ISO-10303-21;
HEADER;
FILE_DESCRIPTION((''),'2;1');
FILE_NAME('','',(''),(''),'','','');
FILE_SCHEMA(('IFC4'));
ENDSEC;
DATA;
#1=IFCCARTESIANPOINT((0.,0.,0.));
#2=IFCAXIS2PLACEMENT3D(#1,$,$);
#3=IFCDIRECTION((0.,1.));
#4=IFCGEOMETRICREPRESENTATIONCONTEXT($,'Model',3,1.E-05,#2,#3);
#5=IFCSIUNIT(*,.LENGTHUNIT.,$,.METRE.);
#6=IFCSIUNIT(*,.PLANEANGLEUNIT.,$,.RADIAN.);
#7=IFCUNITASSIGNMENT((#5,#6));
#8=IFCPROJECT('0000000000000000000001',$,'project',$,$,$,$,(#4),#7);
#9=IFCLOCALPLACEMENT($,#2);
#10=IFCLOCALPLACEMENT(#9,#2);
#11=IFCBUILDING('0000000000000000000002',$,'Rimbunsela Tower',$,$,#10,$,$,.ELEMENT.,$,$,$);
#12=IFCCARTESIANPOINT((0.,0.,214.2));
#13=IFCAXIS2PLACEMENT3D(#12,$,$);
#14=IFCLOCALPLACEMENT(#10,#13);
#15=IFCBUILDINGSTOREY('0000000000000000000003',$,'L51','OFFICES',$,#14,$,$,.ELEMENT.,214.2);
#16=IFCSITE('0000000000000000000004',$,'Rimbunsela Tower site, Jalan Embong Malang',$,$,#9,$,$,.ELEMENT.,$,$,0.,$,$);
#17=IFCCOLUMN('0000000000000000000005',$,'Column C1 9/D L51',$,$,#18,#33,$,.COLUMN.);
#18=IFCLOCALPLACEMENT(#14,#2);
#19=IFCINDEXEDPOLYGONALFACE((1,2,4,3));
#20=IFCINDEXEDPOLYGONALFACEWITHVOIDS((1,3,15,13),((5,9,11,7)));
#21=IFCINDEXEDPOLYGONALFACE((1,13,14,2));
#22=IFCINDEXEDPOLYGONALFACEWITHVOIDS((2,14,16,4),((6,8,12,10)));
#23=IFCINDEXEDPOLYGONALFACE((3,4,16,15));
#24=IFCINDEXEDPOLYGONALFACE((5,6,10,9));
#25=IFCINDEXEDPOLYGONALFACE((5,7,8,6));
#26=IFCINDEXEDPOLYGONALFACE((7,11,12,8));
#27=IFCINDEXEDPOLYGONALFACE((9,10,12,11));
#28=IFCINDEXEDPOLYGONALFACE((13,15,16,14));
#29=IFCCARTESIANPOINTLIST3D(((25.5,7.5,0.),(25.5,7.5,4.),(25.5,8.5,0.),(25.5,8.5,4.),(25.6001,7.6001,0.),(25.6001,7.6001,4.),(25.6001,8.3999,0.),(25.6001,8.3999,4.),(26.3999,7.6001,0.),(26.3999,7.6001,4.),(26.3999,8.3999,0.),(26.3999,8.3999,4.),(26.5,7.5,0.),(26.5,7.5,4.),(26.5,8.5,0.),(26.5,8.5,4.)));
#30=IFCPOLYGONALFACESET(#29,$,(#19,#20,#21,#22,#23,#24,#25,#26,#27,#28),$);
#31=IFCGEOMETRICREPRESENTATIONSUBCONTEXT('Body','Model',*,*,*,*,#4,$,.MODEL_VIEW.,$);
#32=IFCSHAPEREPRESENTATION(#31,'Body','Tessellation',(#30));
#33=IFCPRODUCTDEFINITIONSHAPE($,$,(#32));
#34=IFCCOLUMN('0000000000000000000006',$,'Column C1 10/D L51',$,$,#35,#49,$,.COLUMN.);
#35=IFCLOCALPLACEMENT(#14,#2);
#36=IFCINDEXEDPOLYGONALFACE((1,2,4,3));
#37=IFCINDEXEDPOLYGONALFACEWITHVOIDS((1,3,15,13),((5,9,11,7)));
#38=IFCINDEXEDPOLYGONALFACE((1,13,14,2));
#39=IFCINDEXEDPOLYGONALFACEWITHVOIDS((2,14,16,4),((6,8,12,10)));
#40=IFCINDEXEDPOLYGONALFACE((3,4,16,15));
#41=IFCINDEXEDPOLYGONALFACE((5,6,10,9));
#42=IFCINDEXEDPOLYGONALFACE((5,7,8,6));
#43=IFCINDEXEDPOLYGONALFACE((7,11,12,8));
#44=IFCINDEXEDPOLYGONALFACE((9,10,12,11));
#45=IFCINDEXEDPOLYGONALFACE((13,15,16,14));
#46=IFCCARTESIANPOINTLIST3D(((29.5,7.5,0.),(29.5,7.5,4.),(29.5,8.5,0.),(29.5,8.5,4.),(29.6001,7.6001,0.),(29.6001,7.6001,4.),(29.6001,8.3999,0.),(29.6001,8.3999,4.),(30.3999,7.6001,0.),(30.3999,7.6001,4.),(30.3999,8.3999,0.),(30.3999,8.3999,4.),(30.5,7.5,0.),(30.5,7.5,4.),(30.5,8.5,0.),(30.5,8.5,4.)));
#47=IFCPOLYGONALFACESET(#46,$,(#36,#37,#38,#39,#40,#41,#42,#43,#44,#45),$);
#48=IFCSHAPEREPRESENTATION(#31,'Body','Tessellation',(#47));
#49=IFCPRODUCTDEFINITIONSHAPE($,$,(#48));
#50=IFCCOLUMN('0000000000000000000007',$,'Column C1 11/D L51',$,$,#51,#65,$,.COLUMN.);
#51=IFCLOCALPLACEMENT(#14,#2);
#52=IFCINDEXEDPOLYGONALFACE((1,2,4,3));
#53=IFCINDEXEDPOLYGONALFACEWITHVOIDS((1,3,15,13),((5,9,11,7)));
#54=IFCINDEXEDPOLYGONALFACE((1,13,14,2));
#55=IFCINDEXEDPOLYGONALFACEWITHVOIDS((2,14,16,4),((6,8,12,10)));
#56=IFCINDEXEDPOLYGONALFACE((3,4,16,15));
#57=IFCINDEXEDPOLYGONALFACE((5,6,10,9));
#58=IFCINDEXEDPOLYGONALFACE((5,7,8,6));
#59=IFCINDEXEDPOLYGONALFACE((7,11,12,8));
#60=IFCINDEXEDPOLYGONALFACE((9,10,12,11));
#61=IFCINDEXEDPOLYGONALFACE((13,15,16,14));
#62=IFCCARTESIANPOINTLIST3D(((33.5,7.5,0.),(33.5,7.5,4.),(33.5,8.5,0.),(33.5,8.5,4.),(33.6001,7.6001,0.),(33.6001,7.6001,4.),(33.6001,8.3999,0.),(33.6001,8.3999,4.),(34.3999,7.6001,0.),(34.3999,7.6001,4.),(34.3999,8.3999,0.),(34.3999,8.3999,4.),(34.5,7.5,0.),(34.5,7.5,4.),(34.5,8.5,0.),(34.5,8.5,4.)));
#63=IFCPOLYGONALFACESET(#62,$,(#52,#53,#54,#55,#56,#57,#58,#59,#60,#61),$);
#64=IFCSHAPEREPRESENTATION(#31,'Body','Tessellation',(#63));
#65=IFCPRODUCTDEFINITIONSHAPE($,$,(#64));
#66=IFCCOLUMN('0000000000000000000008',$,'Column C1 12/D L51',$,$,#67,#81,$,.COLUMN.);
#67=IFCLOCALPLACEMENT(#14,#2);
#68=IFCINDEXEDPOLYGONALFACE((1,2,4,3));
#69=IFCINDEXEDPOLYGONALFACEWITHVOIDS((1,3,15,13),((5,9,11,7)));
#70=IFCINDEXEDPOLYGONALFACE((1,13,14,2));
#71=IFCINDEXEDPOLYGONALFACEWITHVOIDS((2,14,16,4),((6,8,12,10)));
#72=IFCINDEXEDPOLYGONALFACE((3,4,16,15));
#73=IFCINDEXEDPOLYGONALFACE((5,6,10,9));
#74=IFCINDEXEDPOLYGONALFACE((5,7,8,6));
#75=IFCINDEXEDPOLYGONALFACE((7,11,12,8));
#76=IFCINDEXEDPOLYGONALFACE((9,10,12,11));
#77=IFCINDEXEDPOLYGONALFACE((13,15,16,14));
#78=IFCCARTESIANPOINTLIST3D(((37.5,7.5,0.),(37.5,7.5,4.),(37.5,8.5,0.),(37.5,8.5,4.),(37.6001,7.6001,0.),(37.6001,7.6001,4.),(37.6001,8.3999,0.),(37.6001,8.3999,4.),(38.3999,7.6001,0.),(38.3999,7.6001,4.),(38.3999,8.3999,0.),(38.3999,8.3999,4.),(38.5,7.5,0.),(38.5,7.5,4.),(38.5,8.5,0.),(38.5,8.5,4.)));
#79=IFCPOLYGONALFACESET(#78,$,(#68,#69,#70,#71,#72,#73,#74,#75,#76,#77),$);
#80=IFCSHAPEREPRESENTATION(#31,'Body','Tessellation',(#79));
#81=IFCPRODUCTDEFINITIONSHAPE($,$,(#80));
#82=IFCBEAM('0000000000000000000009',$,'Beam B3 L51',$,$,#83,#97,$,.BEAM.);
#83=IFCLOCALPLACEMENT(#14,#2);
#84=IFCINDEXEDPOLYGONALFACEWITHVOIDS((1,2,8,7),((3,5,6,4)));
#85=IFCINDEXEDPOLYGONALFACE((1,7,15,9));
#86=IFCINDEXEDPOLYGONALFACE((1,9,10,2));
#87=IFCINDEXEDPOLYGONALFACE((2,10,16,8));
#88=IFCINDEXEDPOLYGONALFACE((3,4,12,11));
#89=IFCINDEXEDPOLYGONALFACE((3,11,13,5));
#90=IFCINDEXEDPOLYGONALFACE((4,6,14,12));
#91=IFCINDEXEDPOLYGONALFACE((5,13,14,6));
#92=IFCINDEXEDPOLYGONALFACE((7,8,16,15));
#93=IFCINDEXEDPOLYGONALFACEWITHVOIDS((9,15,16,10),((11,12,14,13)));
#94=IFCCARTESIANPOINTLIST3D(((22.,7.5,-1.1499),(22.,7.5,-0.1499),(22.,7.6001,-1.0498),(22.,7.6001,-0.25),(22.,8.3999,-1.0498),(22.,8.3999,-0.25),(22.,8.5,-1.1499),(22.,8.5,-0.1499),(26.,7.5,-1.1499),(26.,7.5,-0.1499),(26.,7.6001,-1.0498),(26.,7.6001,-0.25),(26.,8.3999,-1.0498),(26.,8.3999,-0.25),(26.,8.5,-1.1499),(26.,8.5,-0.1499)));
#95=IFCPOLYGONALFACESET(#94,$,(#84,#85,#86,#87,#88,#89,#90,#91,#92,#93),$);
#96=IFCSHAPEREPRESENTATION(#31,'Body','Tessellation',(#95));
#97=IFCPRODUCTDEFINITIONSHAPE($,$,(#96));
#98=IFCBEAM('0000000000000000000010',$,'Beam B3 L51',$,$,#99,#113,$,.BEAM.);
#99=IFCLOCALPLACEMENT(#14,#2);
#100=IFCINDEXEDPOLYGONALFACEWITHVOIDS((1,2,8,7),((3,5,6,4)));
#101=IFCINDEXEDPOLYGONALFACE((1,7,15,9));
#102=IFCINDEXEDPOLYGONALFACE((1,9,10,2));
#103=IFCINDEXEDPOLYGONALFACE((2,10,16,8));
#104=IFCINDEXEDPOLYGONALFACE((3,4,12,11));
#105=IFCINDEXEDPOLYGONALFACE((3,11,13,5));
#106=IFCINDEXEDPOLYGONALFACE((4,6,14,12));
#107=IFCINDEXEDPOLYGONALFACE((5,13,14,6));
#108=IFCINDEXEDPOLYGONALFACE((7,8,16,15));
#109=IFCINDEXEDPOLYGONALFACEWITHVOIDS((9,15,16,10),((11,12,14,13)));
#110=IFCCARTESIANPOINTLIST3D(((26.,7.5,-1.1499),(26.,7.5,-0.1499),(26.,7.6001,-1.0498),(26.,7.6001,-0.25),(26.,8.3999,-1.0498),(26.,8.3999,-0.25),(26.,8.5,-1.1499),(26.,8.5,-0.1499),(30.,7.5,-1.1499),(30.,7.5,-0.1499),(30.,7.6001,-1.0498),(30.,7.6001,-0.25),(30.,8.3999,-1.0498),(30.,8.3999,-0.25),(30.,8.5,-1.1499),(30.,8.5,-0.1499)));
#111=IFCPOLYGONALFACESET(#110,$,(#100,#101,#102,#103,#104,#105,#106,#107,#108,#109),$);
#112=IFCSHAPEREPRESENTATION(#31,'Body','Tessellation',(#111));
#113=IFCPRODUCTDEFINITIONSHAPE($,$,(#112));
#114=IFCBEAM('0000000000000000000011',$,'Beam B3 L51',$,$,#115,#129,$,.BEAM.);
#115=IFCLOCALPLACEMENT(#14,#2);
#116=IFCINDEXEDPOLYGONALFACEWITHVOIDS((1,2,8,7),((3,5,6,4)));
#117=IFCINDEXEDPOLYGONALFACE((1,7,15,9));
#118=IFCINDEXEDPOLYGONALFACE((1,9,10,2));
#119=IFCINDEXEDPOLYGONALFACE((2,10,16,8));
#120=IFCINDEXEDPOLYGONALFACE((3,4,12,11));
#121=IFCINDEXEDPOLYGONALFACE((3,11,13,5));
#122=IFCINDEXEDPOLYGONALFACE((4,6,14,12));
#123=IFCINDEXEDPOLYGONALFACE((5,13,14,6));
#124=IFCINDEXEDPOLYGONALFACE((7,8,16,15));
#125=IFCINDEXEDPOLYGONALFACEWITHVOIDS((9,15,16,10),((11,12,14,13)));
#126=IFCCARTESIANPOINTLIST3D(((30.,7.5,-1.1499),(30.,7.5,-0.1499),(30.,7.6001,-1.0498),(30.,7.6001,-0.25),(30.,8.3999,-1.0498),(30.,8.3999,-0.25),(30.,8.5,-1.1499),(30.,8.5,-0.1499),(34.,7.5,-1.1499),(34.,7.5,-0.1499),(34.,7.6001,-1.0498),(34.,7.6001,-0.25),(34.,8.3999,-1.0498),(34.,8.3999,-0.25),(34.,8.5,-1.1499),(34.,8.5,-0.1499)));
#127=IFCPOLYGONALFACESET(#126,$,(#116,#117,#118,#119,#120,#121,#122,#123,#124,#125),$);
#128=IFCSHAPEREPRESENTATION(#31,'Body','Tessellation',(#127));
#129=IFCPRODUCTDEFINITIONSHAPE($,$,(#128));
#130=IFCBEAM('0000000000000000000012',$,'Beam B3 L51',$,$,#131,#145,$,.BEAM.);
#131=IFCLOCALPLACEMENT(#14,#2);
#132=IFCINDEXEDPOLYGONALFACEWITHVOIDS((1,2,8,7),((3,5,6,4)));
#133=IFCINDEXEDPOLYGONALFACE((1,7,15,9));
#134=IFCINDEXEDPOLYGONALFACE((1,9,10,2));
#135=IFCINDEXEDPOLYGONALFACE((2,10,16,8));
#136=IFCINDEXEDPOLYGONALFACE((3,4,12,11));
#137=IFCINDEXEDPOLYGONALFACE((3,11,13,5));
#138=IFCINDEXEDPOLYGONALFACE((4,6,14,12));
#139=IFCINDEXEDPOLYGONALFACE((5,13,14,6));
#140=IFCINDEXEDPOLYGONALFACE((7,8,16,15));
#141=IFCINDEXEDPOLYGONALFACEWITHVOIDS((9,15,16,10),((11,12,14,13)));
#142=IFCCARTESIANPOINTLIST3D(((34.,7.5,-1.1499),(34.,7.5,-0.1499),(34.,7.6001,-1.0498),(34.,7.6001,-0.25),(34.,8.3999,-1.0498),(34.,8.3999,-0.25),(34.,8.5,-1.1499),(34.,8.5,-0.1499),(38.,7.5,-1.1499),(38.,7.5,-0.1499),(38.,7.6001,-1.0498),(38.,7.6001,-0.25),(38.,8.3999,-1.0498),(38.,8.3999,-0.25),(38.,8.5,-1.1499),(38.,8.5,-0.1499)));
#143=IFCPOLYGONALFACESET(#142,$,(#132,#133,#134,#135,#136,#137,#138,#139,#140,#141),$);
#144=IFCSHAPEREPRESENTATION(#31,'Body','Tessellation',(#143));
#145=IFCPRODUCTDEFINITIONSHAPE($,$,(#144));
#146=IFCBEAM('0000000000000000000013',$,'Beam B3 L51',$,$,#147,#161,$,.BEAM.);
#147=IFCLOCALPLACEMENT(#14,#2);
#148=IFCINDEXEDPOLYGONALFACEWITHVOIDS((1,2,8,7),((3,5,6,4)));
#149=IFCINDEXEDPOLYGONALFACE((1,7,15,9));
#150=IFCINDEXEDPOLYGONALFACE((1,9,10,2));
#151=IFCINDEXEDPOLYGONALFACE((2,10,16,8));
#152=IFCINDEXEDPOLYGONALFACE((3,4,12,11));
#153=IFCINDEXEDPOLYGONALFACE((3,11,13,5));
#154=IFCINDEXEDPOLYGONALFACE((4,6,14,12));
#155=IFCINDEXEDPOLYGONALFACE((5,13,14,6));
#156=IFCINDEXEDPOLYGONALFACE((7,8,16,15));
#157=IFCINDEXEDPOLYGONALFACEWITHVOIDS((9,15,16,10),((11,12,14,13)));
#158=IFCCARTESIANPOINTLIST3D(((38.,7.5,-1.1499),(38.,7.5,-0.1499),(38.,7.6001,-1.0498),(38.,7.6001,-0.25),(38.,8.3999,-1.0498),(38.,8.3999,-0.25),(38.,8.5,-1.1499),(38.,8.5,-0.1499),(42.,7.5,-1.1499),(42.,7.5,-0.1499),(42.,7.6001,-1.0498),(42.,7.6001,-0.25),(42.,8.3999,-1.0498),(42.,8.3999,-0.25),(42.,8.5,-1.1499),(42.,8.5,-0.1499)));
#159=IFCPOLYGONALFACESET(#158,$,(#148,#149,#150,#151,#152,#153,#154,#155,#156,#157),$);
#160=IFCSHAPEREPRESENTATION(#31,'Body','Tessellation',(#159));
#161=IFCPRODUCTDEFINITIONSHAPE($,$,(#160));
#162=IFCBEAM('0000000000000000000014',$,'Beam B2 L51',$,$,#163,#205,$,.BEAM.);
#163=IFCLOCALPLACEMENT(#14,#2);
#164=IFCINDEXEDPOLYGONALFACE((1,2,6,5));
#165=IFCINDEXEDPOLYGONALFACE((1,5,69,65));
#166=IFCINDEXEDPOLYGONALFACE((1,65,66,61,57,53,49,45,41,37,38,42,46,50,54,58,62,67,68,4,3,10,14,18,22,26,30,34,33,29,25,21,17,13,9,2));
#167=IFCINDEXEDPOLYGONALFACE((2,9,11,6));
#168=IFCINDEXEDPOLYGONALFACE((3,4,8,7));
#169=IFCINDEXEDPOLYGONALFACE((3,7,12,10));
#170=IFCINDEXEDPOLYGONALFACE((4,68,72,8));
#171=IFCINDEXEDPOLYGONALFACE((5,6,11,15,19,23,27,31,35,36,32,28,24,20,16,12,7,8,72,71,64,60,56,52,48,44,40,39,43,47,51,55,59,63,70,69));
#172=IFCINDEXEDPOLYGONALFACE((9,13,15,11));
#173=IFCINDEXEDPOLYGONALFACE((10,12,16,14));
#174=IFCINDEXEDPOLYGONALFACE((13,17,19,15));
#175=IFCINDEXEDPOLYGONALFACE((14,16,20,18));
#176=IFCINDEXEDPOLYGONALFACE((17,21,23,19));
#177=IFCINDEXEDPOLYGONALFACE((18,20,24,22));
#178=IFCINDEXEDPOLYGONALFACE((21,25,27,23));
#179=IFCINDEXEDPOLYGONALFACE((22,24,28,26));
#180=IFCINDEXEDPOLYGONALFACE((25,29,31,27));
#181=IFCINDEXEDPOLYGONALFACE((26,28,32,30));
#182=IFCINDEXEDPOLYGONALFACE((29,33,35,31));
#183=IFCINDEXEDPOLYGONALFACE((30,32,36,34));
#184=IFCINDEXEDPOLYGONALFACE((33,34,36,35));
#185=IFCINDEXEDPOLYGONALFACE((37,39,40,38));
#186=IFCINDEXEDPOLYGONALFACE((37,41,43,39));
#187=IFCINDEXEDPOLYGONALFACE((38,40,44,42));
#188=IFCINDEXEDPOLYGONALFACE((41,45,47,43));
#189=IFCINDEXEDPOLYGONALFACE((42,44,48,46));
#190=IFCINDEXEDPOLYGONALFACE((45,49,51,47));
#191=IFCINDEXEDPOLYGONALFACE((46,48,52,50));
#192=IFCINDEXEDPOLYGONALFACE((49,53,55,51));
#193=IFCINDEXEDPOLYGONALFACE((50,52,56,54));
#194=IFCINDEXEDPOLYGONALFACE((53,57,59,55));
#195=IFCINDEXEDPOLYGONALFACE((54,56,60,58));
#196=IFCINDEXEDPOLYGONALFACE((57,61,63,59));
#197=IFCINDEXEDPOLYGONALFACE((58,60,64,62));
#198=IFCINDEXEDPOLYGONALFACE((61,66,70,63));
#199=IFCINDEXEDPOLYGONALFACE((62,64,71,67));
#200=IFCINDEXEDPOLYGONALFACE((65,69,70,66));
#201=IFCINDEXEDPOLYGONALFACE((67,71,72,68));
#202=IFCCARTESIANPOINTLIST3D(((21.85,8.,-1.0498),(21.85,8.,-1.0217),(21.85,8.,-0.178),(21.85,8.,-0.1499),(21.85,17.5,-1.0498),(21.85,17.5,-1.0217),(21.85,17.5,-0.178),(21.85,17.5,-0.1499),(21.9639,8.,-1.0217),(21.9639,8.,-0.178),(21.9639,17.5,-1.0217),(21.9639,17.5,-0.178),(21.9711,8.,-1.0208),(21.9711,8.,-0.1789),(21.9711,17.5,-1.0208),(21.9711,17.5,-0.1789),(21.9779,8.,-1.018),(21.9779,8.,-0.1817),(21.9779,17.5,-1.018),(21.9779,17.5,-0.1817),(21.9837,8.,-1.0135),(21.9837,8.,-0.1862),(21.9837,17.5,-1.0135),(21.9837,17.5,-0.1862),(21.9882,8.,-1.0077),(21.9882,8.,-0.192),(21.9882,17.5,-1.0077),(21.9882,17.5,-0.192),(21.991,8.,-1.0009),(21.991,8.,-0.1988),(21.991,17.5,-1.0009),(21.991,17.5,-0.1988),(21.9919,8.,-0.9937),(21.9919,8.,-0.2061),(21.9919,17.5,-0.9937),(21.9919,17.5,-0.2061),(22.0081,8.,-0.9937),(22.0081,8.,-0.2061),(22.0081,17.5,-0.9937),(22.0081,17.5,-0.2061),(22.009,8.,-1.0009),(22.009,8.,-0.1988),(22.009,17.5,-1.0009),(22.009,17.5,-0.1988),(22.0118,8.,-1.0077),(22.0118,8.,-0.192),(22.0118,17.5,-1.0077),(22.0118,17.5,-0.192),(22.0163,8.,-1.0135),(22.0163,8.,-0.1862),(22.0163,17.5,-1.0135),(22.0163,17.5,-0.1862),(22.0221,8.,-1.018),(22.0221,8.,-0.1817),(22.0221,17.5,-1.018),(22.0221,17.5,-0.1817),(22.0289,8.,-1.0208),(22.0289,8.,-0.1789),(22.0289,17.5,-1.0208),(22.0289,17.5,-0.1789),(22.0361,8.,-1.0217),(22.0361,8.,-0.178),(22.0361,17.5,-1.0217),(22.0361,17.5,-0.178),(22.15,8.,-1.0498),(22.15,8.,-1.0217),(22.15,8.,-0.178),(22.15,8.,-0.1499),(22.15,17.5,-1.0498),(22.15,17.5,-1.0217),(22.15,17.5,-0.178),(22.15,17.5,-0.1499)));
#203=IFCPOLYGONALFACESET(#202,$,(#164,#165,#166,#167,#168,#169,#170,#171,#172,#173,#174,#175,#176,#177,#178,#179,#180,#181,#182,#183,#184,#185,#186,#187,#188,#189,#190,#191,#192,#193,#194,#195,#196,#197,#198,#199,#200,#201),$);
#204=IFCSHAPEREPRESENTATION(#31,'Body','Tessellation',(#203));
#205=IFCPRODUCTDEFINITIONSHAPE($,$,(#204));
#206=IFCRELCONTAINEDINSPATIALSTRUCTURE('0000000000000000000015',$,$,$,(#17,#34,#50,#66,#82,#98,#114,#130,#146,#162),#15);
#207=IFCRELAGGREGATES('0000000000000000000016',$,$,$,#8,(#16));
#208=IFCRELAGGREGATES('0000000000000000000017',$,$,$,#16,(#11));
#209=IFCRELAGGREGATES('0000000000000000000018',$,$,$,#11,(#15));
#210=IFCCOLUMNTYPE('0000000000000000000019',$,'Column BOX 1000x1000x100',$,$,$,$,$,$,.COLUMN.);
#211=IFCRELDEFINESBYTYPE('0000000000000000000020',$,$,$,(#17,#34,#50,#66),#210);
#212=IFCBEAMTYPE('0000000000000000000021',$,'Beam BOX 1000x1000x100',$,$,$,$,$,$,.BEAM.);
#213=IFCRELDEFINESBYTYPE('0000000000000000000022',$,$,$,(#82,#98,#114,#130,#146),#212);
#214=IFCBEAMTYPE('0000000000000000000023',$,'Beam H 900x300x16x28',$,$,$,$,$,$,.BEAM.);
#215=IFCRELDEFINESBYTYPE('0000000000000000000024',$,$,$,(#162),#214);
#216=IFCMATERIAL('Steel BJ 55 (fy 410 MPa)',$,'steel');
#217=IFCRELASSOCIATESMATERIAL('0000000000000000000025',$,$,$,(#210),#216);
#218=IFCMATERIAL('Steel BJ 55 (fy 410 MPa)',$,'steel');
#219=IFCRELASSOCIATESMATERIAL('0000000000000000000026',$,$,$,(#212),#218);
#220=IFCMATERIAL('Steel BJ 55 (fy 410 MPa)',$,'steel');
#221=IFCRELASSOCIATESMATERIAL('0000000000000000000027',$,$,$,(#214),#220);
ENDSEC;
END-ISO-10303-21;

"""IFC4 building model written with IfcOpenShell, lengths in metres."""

from ifc_helpers import new_model, si_unit, direction, frame, origin, origin_2d, place, context, subcontext, project, spatial, hollow_rectangle, i_section, extrude, material, material_profile, profile_set, type_object, element, save


model = new_model("IFC4")

# Units and contexts
model_context = context("Model", 3, precision=1e-05, world=origin(), true_north=direction((0.0, 1.0)))
body_context = subcontext(model_context, "Body", "Model", "MODEL_VIEW")
ifc_project = project(units=[si_unit("LENGTHUNIT", "METRE"), si_unit("PLANEANGLEUNIT", "RADIAN")], contexts=[model_context])

# Site, building, storey
site_placement = place(None, origin())
site = spatial("IfcSite", under=ifc_project, at=site_placement, Name="Rimbunsela Tower site, Jalan Embong Malang", CompositionType="ELEMENT", RefElevation=0.0)
building_placement = place(site_placement, origin())
building = spatial("IfcBuilding", under=site, at=building_placement, Name="Rimbunsela Tower", CompositionType="ELEMENT")
storey_placement = place(building_placement, frame((0.0, 0.0, 214.2)))
storey = spatial("IfcBuildingStorey", under=building, at=storey_placement, Name="L51", Description="OFFICES", CompositionType="ELEMENT", Elevation=214.2)

# Columns
ifc_material_1 = material(Name="Steel BJ 55 (fy 410 MPa)", Category="steel")
ifc_material_profile_1 = material_profile(ifc_material_1, hollow_rectangle(XDim=1.0, YDim=1.0, WallThickness=0.1001, at=origin_2d()), Name="BOX 1000x1000x100")
ifc_profile_set_1 = profile_set([ifc_material_profile_1], Name="Steel BJ 55 (fy 410 MPa)")
column_type = type_object("IfcColumnType", Name="Column BOX 1000x1000x100", PredefinedType="COLUMN", material=ifc_profile_set_1)
for number, where, z_axis, x_axis, name in (
    (1, (26.0, 8.0, 0.0), (0.0, 0.0, 1.0), (1.0, 0.0, 0.0), "Column C1 9/D L51"),
    (2, (30.0, 8.0, 0.0), (0.0, 0.0, 1.0), (1.0, 0.0, 0.0), "Column C1 10/D L51"),
    (3, (34.0, 8.0, 0.0), (0.0, 0.0, 1.0), (1.0, 0.0, 0.0), "Column C1 11/D L51"),
    (4, (38.0, 8.0, 0.0), (0.0, 0.0, 1.0), (1.0, 0.0, 0.0), "Column C1 12/D L51"),
):
    element("IfcColumn", number, at=place(storey_placement, frame(where, z_axis=z_axis, x_axis=x_axis)), inside=storey, type_object=column_type, Name=name, PredefinedType="COLUMN", context=body_context, shape_type="SweptSolid", body=[
        extrude(hollow_rectangle(XDim=1.0, YDim=1.0, WallThickness=0.1001, at=origin_2d()), origin(), (0.0, 0.0, 1.0), 4.0),
    ])

# Beams
ifc_material_2 = material(Name="Steel BJ 55 (fy 410 MPa)", Category="steel")
ifc_material_profile_2 = material_profile(ifc_material_2, hollow_rectangle(XDim=1.0, YDim=1.0, WallThickness=0.1001, at=origin_2d()), Name="BOX 1000x1000x100")
ifc_profile_set_2 = profile_set([ifc_material_profile_2], Name="Steel BJ 55 (fy 410 MPa)")
beam_type_1 = type_object("IfcBeamType", Name="Beam BOX 1000x1000x100", PredefinedType="BEAM", material=ifc_profile_set_2)
for number, where, z_axis, x_axis, name in (
    (5, (22.0, 8.0, -0.6499), (1.0, 0.0, 0.0), (0.0, 1.0, 0.0), "Beam B3 L51"),
    (6, (26.0, 8.0, -0.6499), (1.0, 0.0, 0.0), (0.0, 1.0, 0.0), "Beam B3 L51"),
    (7, (30.0, 8.0, -0.6499), (1.0, 0.0, 0.0), (0.0, 1.0, 0.0), "Beam B3 L51"),
    (8, (34.0, 8.0, -0.6499), (1.0, 0.0, 0.0), (0.0, 1.0, 0.0), "Beam B3 L51"),
    (9, (38.0, 8.0, -0.6499), (1.0, 0.0, 0.0), (0.0, 1.0, 0.0), "Beam B3 L51"),
):
    element("IfcBeam", number, at=place(storey_placement, frame(where, z_axis=z_axis, x_axis=x_axis)), inside=storey, type_object=beam_type_1, Name=name, PredefinedType="BEAM", context=body_context, shape_type="SweptSolid", body=[
        extrude(hollow_rectangle(XDim=1.0, YDim=1.0, WallThickness=0.1001, at=origin_2d()), origin(), (0.0, 0.0, 1.0), 4.0),
    ])
ifc_material_3 = material(Name="Steel BJ 55 (fy 410 MPa)", Category="steel")
ifc_material_profile_3 = material_profile(ifc_material_3, i_section(OverallWidth=0.3, OverallDepth=0.8999, WebThickness=0.0161, FlangeThickness=0.0281, FilletRadius=0.0281, at=origin_2d()), Name="H 900x300x16x28")
ifc_profile_set_3 = profile_set([ifc_material_profile_3], Name="Steel BJ 55 (fy 410 MPa)")
beam_type_2 = type_object("IfcBeamType", Name="Beam H 900x300x16x28", PredefinedType="BEAM", material=ifc_profile_set_3)
for number, where, z_axis, x_axis, name in (
    (10, (22.0, 8.0, -0.5999), (0.0, 1.0, 0.0), (-1.0, 0.0, 0.0), "Beam B2 L51"),
):
    element("IfcBeam", number, at=place(storey_placement, frame(where, z_axis=z_axis, x_axis=x_axis)), inside=storey, type_object=beam_type_2, Name=name, PredefinedType="BEAM", context=body_context, shape_type="SweptSolid", body=[
        extrude(i_section(OverallWidth=0.3, OverallDepth=0.8999, WebThickness=0.0161, FlangeThickness=0.0281, FilletRadius=0.0281, at=origin_2d()), origin(), (0.0, 0.0, 1.0), 9.5),
    ])

save(model, "model.ifc")
